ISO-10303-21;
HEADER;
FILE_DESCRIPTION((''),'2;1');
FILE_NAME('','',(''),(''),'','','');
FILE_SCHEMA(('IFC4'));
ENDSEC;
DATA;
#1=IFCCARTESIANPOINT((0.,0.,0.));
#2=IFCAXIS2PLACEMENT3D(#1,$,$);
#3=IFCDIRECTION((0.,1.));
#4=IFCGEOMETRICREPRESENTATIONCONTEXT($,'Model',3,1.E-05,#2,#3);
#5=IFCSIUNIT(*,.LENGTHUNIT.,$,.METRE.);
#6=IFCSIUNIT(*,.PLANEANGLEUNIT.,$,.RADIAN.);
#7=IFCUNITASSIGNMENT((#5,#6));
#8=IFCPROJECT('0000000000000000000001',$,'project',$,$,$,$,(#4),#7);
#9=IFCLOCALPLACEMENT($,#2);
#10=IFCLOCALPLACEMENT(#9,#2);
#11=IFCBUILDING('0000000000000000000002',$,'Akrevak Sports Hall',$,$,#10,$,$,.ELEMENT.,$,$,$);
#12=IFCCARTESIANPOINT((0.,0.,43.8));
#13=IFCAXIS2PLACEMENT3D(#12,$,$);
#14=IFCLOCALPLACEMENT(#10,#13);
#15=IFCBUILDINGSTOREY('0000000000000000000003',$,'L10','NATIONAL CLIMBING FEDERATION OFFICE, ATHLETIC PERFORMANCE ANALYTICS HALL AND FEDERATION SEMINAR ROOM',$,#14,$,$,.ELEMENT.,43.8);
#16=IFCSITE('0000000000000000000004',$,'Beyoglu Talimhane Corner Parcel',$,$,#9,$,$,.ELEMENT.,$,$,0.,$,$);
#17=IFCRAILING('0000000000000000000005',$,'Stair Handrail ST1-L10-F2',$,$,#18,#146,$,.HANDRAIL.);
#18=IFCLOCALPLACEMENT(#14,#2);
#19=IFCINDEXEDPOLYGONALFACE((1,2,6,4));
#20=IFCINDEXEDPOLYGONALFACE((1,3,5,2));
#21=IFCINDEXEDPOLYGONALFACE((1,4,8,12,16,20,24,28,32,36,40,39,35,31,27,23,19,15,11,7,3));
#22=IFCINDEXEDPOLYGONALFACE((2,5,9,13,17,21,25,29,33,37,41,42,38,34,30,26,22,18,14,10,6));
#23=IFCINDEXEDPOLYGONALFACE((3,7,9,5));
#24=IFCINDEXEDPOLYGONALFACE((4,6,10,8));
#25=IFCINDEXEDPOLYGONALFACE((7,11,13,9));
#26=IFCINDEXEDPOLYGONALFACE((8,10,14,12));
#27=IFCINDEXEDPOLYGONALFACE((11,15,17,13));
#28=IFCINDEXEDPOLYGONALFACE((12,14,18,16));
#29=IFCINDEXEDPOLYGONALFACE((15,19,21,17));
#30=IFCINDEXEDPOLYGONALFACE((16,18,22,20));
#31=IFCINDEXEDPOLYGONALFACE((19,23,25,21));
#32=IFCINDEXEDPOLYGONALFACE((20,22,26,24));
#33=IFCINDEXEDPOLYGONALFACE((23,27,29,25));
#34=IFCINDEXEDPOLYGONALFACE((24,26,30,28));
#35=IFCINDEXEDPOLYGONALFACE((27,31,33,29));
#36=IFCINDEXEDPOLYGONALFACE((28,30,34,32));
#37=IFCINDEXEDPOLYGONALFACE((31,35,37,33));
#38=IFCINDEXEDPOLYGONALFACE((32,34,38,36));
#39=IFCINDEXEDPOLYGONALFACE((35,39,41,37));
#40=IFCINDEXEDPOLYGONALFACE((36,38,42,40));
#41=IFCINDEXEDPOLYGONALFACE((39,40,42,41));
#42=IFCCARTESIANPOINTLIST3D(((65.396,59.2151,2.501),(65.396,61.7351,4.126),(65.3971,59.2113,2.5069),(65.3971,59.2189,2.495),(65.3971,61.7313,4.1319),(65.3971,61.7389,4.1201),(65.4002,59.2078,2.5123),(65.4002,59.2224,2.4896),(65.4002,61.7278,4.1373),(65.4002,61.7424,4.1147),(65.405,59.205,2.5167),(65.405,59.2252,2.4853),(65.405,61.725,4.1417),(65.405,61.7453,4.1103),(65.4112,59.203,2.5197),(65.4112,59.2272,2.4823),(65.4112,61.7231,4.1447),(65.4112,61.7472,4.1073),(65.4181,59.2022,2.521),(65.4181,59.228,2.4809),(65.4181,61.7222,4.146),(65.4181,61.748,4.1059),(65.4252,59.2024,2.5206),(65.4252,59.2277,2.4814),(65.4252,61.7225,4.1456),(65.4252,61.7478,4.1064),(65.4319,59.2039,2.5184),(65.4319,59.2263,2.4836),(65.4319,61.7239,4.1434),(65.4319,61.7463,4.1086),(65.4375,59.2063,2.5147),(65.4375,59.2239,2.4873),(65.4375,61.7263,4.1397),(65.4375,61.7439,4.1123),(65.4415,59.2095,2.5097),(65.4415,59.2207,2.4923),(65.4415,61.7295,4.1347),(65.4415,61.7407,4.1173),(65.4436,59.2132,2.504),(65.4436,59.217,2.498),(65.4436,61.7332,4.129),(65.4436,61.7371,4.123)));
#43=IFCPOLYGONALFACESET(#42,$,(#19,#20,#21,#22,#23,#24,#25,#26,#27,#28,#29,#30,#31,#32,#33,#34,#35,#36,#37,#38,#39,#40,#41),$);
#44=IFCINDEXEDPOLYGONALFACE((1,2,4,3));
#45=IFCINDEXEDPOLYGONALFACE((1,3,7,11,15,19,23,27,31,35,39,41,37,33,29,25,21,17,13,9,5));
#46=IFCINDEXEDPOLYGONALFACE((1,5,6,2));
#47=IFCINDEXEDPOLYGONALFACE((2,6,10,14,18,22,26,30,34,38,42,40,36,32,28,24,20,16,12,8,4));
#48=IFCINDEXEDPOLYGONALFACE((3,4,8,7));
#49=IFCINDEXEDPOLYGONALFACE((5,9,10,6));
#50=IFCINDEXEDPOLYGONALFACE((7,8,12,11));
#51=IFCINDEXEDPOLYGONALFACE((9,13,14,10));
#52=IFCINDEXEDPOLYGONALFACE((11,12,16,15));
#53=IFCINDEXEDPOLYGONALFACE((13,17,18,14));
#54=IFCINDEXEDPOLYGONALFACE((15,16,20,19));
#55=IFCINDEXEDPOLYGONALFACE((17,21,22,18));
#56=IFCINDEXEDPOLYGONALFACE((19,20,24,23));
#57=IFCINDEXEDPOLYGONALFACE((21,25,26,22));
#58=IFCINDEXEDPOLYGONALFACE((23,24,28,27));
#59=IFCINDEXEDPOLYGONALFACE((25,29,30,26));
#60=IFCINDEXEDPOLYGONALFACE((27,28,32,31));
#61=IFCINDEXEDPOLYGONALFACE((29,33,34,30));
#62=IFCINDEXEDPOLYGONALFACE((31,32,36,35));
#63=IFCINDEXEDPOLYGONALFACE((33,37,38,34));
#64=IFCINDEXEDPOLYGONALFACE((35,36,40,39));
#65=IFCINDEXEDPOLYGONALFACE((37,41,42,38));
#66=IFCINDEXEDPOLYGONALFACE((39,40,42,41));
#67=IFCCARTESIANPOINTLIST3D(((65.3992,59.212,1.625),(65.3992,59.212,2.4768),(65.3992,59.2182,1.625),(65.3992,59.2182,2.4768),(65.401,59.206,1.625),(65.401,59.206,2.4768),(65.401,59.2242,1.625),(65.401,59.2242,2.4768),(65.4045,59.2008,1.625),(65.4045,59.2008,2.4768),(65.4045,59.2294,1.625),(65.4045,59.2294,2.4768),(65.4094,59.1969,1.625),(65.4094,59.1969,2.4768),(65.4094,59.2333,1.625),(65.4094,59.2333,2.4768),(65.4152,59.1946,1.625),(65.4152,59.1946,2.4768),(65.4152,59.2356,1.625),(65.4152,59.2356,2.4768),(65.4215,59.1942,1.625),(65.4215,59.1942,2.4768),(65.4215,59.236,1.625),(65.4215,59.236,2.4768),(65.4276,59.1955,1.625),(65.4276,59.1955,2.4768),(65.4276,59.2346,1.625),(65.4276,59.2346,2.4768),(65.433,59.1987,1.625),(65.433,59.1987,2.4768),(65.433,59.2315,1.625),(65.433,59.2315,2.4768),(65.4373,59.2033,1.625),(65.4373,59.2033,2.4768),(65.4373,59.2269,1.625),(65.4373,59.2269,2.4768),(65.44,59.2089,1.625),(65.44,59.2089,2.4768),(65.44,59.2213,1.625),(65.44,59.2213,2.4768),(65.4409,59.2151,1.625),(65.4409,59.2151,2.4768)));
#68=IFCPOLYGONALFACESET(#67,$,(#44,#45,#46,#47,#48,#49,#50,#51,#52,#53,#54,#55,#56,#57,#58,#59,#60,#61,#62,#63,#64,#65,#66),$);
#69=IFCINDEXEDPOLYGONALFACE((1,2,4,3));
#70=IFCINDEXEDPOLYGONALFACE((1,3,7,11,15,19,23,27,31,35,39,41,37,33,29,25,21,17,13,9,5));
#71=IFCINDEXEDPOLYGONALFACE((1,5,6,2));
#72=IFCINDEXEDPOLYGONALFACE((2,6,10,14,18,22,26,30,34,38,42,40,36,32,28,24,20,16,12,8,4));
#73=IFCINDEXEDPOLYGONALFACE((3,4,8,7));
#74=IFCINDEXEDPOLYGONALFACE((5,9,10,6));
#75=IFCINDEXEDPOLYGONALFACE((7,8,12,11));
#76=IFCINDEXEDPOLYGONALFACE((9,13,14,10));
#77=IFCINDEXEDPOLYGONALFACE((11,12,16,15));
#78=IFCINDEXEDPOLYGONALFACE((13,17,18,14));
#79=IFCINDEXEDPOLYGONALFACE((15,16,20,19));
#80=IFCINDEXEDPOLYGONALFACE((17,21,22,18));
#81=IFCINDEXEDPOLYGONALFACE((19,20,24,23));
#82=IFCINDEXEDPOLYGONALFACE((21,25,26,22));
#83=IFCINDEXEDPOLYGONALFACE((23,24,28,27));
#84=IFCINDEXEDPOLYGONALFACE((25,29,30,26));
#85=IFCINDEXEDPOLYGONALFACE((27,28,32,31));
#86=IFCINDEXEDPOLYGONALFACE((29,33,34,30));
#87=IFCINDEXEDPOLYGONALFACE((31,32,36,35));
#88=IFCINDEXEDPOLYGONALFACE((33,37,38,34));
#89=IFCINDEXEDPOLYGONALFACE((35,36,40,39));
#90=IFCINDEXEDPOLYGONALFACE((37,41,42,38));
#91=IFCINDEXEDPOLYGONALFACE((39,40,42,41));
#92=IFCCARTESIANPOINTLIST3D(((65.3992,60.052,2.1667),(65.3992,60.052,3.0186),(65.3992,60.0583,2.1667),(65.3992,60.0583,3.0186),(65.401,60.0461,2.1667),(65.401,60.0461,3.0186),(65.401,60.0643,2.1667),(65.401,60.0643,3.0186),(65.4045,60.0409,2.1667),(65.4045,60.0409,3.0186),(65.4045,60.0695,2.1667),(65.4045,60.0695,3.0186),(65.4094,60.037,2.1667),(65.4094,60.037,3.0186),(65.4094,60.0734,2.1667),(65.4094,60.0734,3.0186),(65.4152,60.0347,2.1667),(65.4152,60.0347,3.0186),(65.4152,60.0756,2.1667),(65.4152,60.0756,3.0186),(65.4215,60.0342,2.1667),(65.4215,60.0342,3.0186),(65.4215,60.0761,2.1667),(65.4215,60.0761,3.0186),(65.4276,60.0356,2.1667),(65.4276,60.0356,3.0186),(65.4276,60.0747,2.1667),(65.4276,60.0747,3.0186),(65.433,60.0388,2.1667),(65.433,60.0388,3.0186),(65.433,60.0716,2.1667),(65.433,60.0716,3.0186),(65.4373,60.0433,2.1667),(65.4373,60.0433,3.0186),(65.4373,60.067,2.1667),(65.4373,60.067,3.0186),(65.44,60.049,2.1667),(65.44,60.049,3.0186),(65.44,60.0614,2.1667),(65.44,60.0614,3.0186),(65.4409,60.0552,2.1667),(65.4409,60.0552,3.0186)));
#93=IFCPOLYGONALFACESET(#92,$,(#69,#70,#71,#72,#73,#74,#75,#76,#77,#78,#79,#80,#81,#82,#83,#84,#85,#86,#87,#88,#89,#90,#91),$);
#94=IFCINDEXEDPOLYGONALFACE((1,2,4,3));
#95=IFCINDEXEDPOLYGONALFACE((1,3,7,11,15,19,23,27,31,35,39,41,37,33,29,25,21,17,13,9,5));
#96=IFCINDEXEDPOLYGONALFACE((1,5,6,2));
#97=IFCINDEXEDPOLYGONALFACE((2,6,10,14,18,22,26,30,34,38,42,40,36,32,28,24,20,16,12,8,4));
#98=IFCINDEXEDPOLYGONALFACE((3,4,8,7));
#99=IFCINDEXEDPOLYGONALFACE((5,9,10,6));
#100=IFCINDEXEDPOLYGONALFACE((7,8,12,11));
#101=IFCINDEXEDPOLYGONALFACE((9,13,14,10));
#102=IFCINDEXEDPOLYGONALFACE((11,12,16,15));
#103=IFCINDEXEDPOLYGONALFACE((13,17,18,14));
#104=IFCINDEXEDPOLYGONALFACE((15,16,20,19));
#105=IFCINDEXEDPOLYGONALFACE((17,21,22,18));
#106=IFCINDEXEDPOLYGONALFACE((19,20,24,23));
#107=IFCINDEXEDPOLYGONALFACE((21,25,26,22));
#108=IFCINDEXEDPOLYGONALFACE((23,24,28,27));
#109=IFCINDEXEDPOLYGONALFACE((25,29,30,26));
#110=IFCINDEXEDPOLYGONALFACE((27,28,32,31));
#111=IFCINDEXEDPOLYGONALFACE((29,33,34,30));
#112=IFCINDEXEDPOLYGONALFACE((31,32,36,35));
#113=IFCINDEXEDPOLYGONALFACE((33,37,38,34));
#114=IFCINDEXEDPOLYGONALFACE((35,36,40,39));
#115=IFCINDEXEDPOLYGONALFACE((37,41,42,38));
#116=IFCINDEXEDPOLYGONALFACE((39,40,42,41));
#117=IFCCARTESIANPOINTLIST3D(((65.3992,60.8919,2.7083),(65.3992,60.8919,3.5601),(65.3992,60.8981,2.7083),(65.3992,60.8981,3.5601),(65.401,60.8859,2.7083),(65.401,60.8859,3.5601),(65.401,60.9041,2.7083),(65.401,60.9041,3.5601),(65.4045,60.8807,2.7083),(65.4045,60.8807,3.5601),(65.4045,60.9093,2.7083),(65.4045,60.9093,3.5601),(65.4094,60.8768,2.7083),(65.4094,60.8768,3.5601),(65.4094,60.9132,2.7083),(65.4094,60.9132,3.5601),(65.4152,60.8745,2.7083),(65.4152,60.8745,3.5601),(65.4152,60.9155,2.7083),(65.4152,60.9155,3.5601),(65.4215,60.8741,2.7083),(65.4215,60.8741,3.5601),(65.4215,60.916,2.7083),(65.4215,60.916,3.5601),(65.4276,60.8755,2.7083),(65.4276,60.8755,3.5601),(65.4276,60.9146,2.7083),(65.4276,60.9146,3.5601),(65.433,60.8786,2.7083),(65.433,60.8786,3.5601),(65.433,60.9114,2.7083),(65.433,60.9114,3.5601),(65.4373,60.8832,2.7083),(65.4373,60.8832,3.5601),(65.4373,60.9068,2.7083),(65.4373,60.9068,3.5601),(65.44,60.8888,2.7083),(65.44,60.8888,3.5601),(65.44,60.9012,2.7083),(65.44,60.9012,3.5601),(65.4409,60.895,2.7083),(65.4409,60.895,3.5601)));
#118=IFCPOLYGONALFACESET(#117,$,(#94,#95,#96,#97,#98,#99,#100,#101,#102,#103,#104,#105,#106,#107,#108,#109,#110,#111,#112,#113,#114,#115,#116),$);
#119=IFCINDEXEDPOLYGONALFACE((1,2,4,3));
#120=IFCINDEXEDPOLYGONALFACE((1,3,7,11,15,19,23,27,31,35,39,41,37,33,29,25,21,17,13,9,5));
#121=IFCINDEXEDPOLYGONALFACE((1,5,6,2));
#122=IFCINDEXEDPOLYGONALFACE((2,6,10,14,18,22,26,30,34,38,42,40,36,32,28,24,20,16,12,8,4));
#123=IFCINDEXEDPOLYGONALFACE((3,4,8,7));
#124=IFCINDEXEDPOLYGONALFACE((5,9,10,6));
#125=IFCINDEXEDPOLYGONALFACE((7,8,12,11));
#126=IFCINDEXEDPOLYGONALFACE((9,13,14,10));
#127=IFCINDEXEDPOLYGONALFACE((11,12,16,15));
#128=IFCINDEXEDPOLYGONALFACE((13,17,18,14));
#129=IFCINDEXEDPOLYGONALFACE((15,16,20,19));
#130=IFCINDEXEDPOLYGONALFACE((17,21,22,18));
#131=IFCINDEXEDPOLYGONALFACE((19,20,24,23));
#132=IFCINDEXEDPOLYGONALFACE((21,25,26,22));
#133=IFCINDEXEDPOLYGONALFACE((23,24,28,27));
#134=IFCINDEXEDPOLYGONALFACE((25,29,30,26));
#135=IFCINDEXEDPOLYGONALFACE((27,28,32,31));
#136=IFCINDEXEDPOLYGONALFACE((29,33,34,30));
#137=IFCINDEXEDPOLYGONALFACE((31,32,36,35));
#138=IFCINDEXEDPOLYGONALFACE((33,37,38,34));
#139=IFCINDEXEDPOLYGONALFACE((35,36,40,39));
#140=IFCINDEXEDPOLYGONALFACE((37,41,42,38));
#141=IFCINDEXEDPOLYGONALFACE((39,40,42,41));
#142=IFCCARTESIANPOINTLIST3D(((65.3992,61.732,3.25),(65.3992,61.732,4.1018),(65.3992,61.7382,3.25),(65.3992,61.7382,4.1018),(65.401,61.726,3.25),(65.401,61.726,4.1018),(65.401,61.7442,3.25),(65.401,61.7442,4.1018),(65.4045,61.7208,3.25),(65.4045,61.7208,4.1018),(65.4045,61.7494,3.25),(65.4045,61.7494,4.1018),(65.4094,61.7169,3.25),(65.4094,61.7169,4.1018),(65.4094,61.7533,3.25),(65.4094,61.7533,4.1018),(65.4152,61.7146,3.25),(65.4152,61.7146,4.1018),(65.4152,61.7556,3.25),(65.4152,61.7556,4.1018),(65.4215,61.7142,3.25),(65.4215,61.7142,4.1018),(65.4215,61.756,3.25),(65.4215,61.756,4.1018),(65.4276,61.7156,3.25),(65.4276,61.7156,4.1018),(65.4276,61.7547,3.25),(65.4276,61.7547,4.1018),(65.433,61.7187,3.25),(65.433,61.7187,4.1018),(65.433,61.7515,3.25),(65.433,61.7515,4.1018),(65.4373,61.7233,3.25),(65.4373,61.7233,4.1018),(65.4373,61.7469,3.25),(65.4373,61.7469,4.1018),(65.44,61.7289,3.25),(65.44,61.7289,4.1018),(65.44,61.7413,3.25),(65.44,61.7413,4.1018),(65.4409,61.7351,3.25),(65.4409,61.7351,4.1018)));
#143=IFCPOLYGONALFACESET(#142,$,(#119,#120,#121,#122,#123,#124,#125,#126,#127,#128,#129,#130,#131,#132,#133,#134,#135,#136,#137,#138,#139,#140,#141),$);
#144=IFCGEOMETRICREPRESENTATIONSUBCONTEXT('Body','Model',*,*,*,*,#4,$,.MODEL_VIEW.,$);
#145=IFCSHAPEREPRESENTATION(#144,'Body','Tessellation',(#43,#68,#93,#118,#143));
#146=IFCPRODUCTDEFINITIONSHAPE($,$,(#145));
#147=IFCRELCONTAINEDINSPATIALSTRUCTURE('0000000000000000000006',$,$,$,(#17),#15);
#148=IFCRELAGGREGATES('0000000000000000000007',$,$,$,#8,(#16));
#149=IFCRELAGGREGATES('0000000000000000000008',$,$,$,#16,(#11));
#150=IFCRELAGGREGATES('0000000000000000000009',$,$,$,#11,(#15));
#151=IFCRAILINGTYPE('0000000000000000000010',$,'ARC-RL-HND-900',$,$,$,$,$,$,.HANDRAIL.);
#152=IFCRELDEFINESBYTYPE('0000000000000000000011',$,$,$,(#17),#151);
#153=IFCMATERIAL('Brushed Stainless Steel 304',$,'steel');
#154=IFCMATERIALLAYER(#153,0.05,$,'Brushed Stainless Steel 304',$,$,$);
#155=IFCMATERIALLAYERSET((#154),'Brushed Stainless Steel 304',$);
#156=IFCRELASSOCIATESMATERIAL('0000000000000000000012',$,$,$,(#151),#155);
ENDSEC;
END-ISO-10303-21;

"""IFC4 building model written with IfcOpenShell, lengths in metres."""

from ifc_helpers import new_model, si_unit, direction, frame, origin, origin_2d, place, context, subcontext, project, spatial, circle, extrude, material, layer, layer_set, type_object, element, save


model = new_model("IFC4")

# Units and contexts
model_context = context("Model", 3, precision=1e-05, world=origin(), true_north=direction((0.0, 1.0)))
body_context = subcontext(model_context, "Body", "Model", "MODEL_VIEW")
ifc_project = project(units=[si_unit("LENGTHUNIT", "METRE"), si_unit("PLANEANGLEUNIT", "RADIAN")], contexts=[model_context])

# Site, building, storey
site_placement = place(None, origin())
site = spatial("IfcSite", under=ifc_project, at=site_placement, Name="Beyoglu Talimhane Corner Parcel", CompositionType="ELEMENT", RefElevation=0.0)
building_placement = place(site_placement, origin())
building = spatial("IfcBuilding", under=site, at=building_placement, Name="Akrevak Sports Hall", CompositionType="ELEMENT")
storey_placement = place(building_placement, frame((0.0, 0.0, 43.8)))
storey = spatial("IfcBuildingStorey", under=building, at=storey_placement, Name="L10", Description="NATIONAL CLIMBING FEDERATION OFFICE, ATHLETIC PERFORMANCE ANALYTICS HALL AND FEDERATION SEMINAR ROOM", CompositionType="ELEMENT", Elevation=43.8)

# Shared definitions
ifc_material_1 = material(Name="Brushed Stainless Steel 304", Category="steel")

# Railing
ifc_layer_1 = layer(ifc_material_1, 0.05, Name="Brushed Stainless Steel 304")
ifc_layer_set_1 = layer_set([ifc_layer_1], Name="Brushed Stainless Steel 304")
railing_type_1 = type_object("IfcRailingType", Name="ARC-RL-HND-900", PredefinedType="HANDRAIL", material=ifc_layer_set_1)
railing_1_placement = place(storey_placement, frame((65.4199, 59.2151, 1.625)))
element("IfcRailing", 1, at=railing_1_placement, inside=storey, type_object=railing_type_1, Name="Stair Handrail ST1-L10-F2", PredefinedType="HANDRAIL", context=body_context, shape_type="SweptSolid", body=[
    extrude(circle(Radius=0.0239, at=origin_2d()), frame((0.0, 0.0, 0.876), z_axis=(0.0, 0.840421, 0.541934), x_axis=(-1.0, 0.0, 0.0)), (0.0, 0.0, 1.0), 2.9985),
    extrude(circle(Radius=0.021, at=origin_2d()), origin(), (0.0, 0.0, 1.0), 0.8518),
    extrude(circle(Radius=0.021, at=origin_2d()), frame((0.0, 0.8401, 0.5417)), (0.0, 0.0, 1.0), 0.8518),
    extrude(circle(Radius=0.021, at=origin_2d()), frame((0.0, 1.6799, 1.0833)), (0.0, 0.0, 1.0), 0.8518),
    extrude(circle(Radius=0.021, at=origin_2d()), frame((0.0, 2.52, 1.625)), (0.0, 0.0, 1.0), 0.8518),
])

save(model, "model.ifc")
